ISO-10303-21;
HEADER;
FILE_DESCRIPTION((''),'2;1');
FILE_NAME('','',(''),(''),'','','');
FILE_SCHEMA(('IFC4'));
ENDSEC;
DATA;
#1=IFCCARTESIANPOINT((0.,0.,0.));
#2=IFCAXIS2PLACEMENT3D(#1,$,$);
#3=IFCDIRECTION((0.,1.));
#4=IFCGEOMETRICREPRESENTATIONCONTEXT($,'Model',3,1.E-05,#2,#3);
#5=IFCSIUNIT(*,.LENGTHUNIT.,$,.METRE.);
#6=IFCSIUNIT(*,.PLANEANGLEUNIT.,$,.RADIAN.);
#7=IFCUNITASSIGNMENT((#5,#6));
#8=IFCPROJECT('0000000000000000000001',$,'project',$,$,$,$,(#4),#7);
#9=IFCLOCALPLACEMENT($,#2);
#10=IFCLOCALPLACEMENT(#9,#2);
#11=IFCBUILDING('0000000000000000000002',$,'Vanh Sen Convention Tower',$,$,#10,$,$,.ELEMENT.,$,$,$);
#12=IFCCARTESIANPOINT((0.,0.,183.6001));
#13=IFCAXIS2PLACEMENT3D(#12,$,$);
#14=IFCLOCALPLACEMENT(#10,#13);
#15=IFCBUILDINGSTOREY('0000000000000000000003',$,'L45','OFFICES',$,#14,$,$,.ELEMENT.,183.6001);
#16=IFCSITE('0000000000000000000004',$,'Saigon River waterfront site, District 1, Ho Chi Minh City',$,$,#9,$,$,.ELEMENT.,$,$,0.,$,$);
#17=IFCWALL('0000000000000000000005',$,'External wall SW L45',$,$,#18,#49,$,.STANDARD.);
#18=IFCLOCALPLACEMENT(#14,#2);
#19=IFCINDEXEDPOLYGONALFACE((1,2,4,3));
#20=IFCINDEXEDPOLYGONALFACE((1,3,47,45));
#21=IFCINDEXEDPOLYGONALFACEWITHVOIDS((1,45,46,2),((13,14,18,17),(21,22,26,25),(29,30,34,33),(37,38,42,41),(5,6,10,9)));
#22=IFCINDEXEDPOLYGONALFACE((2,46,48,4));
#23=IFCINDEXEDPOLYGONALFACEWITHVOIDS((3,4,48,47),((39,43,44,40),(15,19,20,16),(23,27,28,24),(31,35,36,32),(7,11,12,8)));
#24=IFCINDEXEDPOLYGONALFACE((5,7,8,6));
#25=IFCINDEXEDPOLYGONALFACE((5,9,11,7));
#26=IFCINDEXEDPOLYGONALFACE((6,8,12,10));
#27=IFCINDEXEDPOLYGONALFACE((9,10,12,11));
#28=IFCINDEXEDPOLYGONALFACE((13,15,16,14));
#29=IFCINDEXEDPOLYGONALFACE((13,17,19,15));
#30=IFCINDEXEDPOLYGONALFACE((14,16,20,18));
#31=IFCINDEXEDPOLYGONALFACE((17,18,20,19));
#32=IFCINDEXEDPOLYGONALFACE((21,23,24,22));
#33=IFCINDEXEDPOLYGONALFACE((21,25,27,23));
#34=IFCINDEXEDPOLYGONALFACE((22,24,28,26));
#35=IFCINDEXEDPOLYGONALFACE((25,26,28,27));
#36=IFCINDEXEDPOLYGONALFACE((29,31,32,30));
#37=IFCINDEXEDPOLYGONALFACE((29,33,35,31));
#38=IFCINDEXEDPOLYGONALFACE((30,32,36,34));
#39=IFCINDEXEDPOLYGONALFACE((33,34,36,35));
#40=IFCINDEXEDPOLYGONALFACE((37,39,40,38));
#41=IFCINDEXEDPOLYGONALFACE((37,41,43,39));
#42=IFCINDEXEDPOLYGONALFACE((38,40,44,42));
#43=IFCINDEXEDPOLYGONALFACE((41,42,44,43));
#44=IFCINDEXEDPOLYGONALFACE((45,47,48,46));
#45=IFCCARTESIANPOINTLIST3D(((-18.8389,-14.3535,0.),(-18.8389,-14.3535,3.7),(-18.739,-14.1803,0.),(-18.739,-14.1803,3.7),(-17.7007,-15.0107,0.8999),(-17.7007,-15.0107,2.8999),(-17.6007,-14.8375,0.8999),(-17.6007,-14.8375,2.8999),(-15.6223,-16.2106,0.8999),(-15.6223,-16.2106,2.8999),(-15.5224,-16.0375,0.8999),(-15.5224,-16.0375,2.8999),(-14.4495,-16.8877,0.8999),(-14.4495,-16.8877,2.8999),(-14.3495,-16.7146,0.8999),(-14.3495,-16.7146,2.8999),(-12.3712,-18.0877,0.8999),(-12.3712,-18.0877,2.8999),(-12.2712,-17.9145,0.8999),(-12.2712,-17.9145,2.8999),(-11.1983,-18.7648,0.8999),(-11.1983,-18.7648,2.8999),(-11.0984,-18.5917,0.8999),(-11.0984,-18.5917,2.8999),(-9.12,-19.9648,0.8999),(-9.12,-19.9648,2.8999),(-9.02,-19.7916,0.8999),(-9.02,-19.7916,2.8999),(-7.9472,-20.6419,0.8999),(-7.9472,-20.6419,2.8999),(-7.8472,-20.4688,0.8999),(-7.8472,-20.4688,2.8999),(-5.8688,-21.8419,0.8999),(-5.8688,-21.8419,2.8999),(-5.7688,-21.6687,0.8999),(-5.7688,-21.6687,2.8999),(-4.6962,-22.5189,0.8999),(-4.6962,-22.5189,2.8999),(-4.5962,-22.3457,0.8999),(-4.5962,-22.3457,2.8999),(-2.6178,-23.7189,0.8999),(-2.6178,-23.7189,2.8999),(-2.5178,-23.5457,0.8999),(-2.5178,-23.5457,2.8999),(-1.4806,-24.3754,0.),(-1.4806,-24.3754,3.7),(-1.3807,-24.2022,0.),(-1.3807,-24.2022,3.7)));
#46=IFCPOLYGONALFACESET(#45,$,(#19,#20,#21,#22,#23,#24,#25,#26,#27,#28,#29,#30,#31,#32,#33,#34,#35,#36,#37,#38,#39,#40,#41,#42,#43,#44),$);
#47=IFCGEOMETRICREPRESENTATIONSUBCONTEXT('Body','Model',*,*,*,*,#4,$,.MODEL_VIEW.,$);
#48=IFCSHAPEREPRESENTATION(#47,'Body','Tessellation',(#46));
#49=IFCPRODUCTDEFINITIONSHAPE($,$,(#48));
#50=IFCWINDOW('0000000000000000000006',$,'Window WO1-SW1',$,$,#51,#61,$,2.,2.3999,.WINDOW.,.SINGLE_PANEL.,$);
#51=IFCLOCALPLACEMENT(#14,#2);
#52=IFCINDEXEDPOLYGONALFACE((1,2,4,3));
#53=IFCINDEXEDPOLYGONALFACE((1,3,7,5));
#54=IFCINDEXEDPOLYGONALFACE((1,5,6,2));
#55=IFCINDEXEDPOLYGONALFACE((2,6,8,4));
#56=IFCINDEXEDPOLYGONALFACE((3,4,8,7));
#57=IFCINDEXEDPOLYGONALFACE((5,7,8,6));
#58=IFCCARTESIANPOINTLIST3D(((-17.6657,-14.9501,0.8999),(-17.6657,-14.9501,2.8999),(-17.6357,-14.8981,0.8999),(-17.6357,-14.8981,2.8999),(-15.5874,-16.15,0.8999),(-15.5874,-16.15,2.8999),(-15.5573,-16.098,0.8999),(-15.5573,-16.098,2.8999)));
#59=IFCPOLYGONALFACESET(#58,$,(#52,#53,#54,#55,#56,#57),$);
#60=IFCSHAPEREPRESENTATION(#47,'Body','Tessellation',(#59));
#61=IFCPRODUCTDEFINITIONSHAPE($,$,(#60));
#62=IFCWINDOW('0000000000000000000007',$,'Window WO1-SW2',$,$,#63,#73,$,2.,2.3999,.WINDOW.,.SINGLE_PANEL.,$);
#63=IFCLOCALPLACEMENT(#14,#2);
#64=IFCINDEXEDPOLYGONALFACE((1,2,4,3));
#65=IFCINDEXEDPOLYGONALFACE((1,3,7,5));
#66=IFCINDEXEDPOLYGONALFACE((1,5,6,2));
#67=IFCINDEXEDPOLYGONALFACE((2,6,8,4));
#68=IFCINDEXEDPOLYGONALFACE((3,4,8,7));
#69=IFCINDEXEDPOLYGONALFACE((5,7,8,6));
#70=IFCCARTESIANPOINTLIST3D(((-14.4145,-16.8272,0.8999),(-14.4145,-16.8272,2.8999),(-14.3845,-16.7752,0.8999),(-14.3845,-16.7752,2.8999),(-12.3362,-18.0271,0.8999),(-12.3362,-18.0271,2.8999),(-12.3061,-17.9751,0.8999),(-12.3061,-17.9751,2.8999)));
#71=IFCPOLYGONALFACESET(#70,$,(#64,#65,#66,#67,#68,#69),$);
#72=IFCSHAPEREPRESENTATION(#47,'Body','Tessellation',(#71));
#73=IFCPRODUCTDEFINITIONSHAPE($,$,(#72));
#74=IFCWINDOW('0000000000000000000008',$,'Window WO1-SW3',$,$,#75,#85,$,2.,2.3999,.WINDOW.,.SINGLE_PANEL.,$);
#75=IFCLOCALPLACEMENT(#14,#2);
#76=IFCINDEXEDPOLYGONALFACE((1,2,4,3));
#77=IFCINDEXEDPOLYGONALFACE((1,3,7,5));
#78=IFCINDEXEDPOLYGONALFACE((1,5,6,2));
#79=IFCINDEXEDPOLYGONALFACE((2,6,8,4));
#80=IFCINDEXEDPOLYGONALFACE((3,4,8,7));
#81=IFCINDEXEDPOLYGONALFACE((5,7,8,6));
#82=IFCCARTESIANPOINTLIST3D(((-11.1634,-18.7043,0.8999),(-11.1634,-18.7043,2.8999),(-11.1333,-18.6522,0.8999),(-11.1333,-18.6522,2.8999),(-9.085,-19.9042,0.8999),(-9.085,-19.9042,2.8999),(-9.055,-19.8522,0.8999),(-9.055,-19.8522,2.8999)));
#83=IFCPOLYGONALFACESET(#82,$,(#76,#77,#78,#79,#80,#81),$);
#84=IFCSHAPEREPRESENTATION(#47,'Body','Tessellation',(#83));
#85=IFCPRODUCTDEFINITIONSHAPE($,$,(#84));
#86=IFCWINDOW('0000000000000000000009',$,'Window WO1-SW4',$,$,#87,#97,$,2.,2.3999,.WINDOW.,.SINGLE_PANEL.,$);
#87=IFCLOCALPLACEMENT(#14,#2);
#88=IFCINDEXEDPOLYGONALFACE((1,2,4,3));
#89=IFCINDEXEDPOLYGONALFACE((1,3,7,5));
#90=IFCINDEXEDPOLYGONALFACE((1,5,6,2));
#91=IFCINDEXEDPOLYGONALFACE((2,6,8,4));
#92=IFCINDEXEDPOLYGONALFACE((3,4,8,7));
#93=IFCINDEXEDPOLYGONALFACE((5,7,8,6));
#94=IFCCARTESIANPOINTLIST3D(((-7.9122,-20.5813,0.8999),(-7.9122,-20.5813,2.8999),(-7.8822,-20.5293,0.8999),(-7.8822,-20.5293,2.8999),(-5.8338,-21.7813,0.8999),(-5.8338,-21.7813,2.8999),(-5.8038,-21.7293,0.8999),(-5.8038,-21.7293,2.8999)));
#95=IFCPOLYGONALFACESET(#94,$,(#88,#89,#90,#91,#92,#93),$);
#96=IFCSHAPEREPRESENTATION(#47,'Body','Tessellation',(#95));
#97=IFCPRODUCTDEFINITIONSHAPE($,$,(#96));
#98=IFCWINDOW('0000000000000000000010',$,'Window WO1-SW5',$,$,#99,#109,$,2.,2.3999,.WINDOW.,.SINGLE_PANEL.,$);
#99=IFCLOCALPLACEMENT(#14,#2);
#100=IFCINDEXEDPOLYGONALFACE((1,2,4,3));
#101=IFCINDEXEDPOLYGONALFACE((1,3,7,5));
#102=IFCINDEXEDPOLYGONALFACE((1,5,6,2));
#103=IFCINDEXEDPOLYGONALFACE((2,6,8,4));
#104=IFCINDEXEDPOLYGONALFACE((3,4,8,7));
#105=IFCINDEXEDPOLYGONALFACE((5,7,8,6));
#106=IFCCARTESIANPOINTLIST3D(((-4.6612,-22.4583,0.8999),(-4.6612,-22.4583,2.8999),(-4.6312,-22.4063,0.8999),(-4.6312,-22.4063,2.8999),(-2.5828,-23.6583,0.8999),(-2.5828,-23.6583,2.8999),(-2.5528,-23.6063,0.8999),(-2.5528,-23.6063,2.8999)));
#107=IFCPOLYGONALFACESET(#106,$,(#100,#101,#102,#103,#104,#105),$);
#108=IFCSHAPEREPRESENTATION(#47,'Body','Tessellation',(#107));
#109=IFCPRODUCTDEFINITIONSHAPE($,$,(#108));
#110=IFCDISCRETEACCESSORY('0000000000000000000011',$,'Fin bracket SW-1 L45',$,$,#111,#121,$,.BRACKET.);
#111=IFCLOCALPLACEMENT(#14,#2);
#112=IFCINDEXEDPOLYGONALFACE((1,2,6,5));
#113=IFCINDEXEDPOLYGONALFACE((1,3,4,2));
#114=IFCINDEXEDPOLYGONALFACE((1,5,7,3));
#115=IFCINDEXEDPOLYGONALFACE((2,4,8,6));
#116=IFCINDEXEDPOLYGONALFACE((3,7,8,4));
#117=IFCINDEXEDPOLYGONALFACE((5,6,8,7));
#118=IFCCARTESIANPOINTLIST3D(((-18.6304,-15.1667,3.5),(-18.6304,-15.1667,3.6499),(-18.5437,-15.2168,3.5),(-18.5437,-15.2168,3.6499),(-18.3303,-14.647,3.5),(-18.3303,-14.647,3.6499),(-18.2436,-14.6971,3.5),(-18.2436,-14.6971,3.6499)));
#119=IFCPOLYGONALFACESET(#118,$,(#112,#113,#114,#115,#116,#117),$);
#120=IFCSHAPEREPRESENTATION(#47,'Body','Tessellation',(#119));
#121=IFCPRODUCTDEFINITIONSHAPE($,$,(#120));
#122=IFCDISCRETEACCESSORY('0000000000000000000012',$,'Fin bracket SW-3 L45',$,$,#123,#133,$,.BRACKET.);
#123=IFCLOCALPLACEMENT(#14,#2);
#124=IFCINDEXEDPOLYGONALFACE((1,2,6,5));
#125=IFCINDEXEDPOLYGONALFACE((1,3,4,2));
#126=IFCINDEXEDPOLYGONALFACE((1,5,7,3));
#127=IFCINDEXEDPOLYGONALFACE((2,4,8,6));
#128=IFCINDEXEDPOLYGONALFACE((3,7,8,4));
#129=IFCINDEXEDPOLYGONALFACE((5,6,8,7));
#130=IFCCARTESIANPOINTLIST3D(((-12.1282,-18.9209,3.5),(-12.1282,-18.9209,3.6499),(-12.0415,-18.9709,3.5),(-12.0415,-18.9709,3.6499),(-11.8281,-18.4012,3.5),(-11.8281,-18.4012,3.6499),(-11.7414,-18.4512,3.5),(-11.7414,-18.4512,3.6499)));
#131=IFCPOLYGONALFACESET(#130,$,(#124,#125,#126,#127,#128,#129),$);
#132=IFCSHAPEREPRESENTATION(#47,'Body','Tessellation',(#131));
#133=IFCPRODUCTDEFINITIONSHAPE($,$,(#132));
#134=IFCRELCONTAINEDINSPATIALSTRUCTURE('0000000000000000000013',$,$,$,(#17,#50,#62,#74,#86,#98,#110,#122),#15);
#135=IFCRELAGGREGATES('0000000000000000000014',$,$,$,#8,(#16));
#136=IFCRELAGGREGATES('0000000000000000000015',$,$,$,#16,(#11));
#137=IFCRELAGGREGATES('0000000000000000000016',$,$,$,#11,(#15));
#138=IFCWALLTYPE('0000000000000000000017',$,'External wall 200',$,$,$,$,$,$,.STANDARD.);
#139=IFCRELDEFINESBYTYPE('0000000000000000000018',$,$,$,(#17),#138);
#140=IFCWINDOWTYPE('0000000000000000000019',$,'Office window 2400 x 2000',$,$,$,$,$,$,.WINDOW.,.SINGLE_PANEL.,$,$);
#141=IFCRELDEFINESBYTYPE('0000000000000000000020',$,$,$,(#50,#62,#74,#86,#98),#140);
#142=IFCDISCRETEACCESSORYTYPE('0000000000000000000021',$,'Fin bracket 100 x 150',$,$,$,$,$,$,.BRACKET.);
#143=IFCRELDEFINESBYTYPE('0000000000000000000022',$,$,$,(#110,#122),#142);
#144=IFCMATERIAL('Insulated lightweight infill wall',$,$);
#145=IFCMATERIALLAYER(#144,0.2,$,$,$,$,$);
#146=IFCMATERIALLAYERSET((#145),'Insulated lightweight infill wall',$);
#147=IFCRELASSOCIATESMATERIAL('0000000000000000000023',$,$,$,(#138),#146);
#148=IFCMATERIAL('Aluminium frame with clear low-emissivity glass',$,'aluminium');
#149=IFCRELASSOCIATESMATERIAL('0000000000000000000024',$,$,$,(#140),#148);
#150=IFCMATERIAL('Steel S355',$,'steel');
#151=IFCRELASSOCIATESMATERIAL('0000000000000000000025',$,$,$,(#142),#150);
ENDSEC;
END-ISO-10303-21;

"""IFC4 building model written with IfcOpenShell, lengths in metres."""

from ifc_helpers import new_model, si_unit, direction, frame, frame_2d, origin, origin_2d, place, context, subcontext, project, spatial, rectangle, extrude, material, layer, layer_set, type_object, element, fill, save


model = new_model("IFC4")

# Units and contexts
model_context = context("Model", 3, precision=1e-05, world=origin(), true_north=direction((0.0, 1.0)))
body_context = subcontext(model_context, "Body", "Model", "MODEL_VIEW")
ifc_project = project(units=[si_unit("LENGTHUNIT", "METRE"), si_unit("PLANEANGLEUNIT", "RADIAN")], contexts=[model_context])

# Site, building, storey
site_placement = place(None, origin())
site = spatial("IfcSite", under=ifc_project, at=site_placement, Name="Saigon River waterfront site, District 1, Ho Chi Minh City", CompositionType="ELEMENT", RefElevation=0.0)
building_placement = place(site_placement, origin())
building = spatial("IfcBuilding", under=site, at=building_placement, Name="Vanh Sen Convention Tower", CompositionType="ELEMENT")
storey_placement = place(building_placement, frame((0.0, 0.0, 183.6001)))
storey = spatial("IfcBuildingStorey", under=building, at=storey_placement, Name="L45", Description="OFFICES", CompositionType="ELEMENT", Elevation=183.6001)

# Wall, openings, windows
ifc_material_1 = material(Name="Insulated lightweight infill wall")
ifc_layer_1 = layer(ifc_material_1, 0.2)
ifc_layer_set_1 = layer_set([ifc_layer_1], Name="Insulated lightweight infill wall")
wall_type_1 = type_object("IfcWallType", Name="External wall 200", PredefinedType="STANDARD", material=ifc_layer_set_1)
wall_1_placement = place(storey_placement, frame((-18.7891, -14.2668, 0.0), z_axis=(0.0, 0.0, 1.0), x_axis=(0.866023, -0.500004, 0.0)))
wall_1 = element("IfcWall", 1, at=wall_1_placement, inside=storey, type_object=wall_type_1, Name="External wall SW L45", PredefinedType="STANDARD", context=body_context, shape_type="SweptSolid", body=[
    extrude(rectangle(XDim=20.0437, YDim=0.2, at=frame_2d((10.022, 0.0))), origin(), (0.0, 0.0, 1.0), 3.7),
])
opening_1_placement = place(wall_1_placement, frame((1.3145, 0.0, 0.8999)))
opening_1 = element("IfcOpeningElement", 2, at=opening_1_placement, cuts=wall_1, PredefinedType="OPENING", context=body_context, shape_type="SweptSolid", body=[
    extrude(rectangle(XDim=2.3999, YDim=2.0, at=frame_2d((1.2, 1.0))), frame((0.0, 0.1099, 0.0), z_axis=(0.0, -1.0, 0.0), x_axis=(1.0, 0.0, 0.0)), (0.0, 0.0, 1.0), 0.22),
])
opening_2_placement = place(wall_1_placement, frame((5.0686, 0.0, 0.8999)))
opening_2 = element("IfcOpeningElement", 3, at=opening_2_placement, cuts=wall_1, PredefinedType="OPENING", context=body_context, shape_type="SweptSolid", body=[
    extrude(rectangle(XDim=2.3999, YDim=2.0, at=frame_2d((1.2, 1.0))), frame((0.0, 0.1099, 0.0), z_axis=(0.0, -1.0, 0.0), x_axis=(1.0, 0.0, 0.0)), (0.0, 0.0, 1.0), 0.22),
])
opening_3_placement = place(wall_1_placement, frame((8.8228, 0.0, 0.8999)))
opening_3 = element("IfcOpeningElement", 4, at=opening_3_placement, cuts=wall_1, PredefinedType="OPENING", context=body_context, shape_type="SweptSolid", body=[
    extrude(rectangle(XDim=2.3999, YDim=2.0, at=frame_2d((1.2, 1.0))), frame((0.0, 0.1099, 0.0), z_axis=(0.0, -1.0, 0.0), x_axis=(1.0, 0.0, 0.0)), (0.0, 0.0, 1.0), 0.22),
])
opening_4_placement = place(wall_1_placement, frame((12.5769, 0.0, 0.8999)))
opening_4 = element("IfcOpeningElement", 5, at=opening_4_placement, cuts=wall_1, PredefinedType="OPENING", context=body_context, shape_type="SweptSolid", body=[
    extrude(rectangle(XDim=2.3999, YDim=2.0, at=frame_2d((1.2, 1.0))), frame((0.0, 0.1099, 0.0), z_axis=(0.0, -1.0, 0.0), x_axis=(1.0, 0.0, 0.0)), (0.0, 0.0, 1.0), 0.22),
])
opening_5_placement = place(wall_1_placement, frame((16.3308, 0.0, 0.8999)))
opening_5 = element("IfcOpeningElement", 6, at=opening_5_placement, cuts=wall_1, PredefinedType="OPENING", context=body_context, shape_type="SweptSolid", body=[
    extrude(rectangle(XDim=2.3999, YDim=2.0, at=frame_2d((1.2, 1.0))), frame((0.0, 0.1099, 0.0), z_axis=(0.0, -1.0, 0.0), x_axis=(1.0, 0.0, 0.0)), (0.0, 0.0, 1.0), 0.22),
])
ifc_material_2 = material(Name="Aluminium frame with clear low-emissivity glass", Category="aluminium")
window_type = type_object("IfcWindowType", Name="Office window 2400 x 2000", PartitioningType="SINGLE_PANEL", PredefinedType="WINDOW", material=ifc_material_2)
window_1_placement = place(opening_1_placement, origin())
window_1 = element("IfcWindow", 7, at=window_1_placement, inside=storey, type_object=window_type, Name="Window WO1-SW1", OverallHeight=2.0, OverallWidth=2.3999, PartitioningType="SINGLE_PANEL", PredefinedType="WINDOW", context=body_context, shape_type="SweptSolid", body=[
    extrude(rectangle(XDim=2.3999, YDim=2.0, at=frame_2d((1.2, 1.0))), frame((0.0, 0.03, 0.0), z_axis=(0.0, -1.0, 0.0), x_axis=(1.0, 0.0, 0.0)), (0.0, 0.0, 1.0), 0.0601),
])
fill(opening_1, window_1)
window_2_placement = place(opening_2_placement, origin())
window_2 = element("IfcWindow", 8, at=window_2_placement, inside=storey, type_object=window_type, Name="Window WO1-SW2", OverallHeight=2.0, OverallWidth=2.3999, PartitioningType="SINGLE_PANEL", PredefinedType="WINDOW", context=body_context, shape_type="SweptSolid", body=[
    extrude(rectangle(XDim=2.3999, YDim=2.0, at=frame_2d((1.2, 1.0))), frame((0.0, 0.03, 0.0), z_axis=(0.0, -1.0, 0.0), x_axis=(1.0, 0.0, 0.0)), (0.0, 0.0, 1.0), 0.0601),
])
fill(opening_2, window_2)
window_3_placement = place(opening_3_placement, origin())
window_3 = element("IfcWindow", 9, at=window_3_placement, inside=storey, type_object=window_type, Name="Window WO1-SW3", OverallHeight=2.0, OverallWidth=2.3999, PartitioningType="SINGLE_PANEL", PredefinedType="WINDOW", context=body_context, shape_type="SweptSolid", body=[
    extrude(rectangle(XDim=2.3999, YDim=2.0, at=frame_2d((1.2, 1.0))), frame((0.0, 0.03, 0.0), z_axis=(0.0, -1.0, 0.0), x_axis=(1.0, 0.0, 0.0)), (0.0, 0.0, 1.0), 0.0601),
])
fill(opening_3, window_3)
window_4_placement = place(opening_4_placement, origin())
window_4 = element("IfcWindow", 10, at=window_4_placement, inside=storey, type_object=window_type, Name="Window WO1-SW4", OverallHeight=2.0, OverallWidth=2.3999, PartitioningType="SINGLE_PANEL", PredefinedType="WINDOW", context=body_context, shape_type="SweptSolid", body=[
    extrude(rectangle(XDim=2.3999, YDim=2.0, at=frame_2d((1.2, 1.0))), frame((0.0, 0.03, 0.0), z_axis=(0.0, -1.0, 0.0), x_axis=(1.0, 0.0, 0.0)), (0.0, 0.0, 1.0), 0.0601),
])
fill(opening_4, window_4)
window_5_placement = place(opening_5_placement, origin())
window_5 = element("IfcWindow", 11, at=window_5_placement, inside=storey, type_object=window_type, Name="Window WO1-SW5", OverallHeight=2.0, OverallWidth=2.3999, PartitioningType="SINGLE_PANEL", PredefinedType="WINDOW", context=body_context, shape_type="SweptSolid", body=[
    extrude(rectangle(XDim=2.3999, YDim=2.0, at=frame_2d((1.2, 1.0))), frame((0.0, 0.03, 0.0), z_axis=(0.0, -1.0, 0.0), x_axis=(1.0, 0.0, 0.0)), (0.0, 0.0, 1.0), 0.0601),
])
fill(opening_5, window_5)

# Discrete accessories
ifc_material_3 = material(Name="Steel S355", Category="steel")
discrete_accessory_type = type_object("IfcDiscreteAccessoryType", Name="Fin bracket 100 x 150", PredefinedType="BRACKET", material=ifc_material_3)
for number, where, z_axis, x_axis, name in (
    (12, (-18.437, -14.9319, 3.5), (0.0, 0.0, 1.0), (-0.5, -0.866025, 0.0), "Fin bracket SW-1 L45"),
    (13, (-11.9348, -18.686, 3.5), (0.0, 0.0, 1.0), (-0.5, -0.866025, 0.0), "Fin bracket SW-3 L45"),
):
    element("IfcDiscreteAccessory", number, at=place(storey_placement, frame(where, z_axis=z_axis, x_axis=x_axis)), inside=storey, type_object=discrete_accessory_type, Name=name, PredefinedType="BRACKET", context=body_context, shape_type="SweptSolid", body=[
        extrude(rectangle(XDim=0.6001, YDim=0.1001, at=origin_2d()), origin(), (0.0, 0.0, 1.0), 0.1499),
    ])

save(model, "model.ifc")
